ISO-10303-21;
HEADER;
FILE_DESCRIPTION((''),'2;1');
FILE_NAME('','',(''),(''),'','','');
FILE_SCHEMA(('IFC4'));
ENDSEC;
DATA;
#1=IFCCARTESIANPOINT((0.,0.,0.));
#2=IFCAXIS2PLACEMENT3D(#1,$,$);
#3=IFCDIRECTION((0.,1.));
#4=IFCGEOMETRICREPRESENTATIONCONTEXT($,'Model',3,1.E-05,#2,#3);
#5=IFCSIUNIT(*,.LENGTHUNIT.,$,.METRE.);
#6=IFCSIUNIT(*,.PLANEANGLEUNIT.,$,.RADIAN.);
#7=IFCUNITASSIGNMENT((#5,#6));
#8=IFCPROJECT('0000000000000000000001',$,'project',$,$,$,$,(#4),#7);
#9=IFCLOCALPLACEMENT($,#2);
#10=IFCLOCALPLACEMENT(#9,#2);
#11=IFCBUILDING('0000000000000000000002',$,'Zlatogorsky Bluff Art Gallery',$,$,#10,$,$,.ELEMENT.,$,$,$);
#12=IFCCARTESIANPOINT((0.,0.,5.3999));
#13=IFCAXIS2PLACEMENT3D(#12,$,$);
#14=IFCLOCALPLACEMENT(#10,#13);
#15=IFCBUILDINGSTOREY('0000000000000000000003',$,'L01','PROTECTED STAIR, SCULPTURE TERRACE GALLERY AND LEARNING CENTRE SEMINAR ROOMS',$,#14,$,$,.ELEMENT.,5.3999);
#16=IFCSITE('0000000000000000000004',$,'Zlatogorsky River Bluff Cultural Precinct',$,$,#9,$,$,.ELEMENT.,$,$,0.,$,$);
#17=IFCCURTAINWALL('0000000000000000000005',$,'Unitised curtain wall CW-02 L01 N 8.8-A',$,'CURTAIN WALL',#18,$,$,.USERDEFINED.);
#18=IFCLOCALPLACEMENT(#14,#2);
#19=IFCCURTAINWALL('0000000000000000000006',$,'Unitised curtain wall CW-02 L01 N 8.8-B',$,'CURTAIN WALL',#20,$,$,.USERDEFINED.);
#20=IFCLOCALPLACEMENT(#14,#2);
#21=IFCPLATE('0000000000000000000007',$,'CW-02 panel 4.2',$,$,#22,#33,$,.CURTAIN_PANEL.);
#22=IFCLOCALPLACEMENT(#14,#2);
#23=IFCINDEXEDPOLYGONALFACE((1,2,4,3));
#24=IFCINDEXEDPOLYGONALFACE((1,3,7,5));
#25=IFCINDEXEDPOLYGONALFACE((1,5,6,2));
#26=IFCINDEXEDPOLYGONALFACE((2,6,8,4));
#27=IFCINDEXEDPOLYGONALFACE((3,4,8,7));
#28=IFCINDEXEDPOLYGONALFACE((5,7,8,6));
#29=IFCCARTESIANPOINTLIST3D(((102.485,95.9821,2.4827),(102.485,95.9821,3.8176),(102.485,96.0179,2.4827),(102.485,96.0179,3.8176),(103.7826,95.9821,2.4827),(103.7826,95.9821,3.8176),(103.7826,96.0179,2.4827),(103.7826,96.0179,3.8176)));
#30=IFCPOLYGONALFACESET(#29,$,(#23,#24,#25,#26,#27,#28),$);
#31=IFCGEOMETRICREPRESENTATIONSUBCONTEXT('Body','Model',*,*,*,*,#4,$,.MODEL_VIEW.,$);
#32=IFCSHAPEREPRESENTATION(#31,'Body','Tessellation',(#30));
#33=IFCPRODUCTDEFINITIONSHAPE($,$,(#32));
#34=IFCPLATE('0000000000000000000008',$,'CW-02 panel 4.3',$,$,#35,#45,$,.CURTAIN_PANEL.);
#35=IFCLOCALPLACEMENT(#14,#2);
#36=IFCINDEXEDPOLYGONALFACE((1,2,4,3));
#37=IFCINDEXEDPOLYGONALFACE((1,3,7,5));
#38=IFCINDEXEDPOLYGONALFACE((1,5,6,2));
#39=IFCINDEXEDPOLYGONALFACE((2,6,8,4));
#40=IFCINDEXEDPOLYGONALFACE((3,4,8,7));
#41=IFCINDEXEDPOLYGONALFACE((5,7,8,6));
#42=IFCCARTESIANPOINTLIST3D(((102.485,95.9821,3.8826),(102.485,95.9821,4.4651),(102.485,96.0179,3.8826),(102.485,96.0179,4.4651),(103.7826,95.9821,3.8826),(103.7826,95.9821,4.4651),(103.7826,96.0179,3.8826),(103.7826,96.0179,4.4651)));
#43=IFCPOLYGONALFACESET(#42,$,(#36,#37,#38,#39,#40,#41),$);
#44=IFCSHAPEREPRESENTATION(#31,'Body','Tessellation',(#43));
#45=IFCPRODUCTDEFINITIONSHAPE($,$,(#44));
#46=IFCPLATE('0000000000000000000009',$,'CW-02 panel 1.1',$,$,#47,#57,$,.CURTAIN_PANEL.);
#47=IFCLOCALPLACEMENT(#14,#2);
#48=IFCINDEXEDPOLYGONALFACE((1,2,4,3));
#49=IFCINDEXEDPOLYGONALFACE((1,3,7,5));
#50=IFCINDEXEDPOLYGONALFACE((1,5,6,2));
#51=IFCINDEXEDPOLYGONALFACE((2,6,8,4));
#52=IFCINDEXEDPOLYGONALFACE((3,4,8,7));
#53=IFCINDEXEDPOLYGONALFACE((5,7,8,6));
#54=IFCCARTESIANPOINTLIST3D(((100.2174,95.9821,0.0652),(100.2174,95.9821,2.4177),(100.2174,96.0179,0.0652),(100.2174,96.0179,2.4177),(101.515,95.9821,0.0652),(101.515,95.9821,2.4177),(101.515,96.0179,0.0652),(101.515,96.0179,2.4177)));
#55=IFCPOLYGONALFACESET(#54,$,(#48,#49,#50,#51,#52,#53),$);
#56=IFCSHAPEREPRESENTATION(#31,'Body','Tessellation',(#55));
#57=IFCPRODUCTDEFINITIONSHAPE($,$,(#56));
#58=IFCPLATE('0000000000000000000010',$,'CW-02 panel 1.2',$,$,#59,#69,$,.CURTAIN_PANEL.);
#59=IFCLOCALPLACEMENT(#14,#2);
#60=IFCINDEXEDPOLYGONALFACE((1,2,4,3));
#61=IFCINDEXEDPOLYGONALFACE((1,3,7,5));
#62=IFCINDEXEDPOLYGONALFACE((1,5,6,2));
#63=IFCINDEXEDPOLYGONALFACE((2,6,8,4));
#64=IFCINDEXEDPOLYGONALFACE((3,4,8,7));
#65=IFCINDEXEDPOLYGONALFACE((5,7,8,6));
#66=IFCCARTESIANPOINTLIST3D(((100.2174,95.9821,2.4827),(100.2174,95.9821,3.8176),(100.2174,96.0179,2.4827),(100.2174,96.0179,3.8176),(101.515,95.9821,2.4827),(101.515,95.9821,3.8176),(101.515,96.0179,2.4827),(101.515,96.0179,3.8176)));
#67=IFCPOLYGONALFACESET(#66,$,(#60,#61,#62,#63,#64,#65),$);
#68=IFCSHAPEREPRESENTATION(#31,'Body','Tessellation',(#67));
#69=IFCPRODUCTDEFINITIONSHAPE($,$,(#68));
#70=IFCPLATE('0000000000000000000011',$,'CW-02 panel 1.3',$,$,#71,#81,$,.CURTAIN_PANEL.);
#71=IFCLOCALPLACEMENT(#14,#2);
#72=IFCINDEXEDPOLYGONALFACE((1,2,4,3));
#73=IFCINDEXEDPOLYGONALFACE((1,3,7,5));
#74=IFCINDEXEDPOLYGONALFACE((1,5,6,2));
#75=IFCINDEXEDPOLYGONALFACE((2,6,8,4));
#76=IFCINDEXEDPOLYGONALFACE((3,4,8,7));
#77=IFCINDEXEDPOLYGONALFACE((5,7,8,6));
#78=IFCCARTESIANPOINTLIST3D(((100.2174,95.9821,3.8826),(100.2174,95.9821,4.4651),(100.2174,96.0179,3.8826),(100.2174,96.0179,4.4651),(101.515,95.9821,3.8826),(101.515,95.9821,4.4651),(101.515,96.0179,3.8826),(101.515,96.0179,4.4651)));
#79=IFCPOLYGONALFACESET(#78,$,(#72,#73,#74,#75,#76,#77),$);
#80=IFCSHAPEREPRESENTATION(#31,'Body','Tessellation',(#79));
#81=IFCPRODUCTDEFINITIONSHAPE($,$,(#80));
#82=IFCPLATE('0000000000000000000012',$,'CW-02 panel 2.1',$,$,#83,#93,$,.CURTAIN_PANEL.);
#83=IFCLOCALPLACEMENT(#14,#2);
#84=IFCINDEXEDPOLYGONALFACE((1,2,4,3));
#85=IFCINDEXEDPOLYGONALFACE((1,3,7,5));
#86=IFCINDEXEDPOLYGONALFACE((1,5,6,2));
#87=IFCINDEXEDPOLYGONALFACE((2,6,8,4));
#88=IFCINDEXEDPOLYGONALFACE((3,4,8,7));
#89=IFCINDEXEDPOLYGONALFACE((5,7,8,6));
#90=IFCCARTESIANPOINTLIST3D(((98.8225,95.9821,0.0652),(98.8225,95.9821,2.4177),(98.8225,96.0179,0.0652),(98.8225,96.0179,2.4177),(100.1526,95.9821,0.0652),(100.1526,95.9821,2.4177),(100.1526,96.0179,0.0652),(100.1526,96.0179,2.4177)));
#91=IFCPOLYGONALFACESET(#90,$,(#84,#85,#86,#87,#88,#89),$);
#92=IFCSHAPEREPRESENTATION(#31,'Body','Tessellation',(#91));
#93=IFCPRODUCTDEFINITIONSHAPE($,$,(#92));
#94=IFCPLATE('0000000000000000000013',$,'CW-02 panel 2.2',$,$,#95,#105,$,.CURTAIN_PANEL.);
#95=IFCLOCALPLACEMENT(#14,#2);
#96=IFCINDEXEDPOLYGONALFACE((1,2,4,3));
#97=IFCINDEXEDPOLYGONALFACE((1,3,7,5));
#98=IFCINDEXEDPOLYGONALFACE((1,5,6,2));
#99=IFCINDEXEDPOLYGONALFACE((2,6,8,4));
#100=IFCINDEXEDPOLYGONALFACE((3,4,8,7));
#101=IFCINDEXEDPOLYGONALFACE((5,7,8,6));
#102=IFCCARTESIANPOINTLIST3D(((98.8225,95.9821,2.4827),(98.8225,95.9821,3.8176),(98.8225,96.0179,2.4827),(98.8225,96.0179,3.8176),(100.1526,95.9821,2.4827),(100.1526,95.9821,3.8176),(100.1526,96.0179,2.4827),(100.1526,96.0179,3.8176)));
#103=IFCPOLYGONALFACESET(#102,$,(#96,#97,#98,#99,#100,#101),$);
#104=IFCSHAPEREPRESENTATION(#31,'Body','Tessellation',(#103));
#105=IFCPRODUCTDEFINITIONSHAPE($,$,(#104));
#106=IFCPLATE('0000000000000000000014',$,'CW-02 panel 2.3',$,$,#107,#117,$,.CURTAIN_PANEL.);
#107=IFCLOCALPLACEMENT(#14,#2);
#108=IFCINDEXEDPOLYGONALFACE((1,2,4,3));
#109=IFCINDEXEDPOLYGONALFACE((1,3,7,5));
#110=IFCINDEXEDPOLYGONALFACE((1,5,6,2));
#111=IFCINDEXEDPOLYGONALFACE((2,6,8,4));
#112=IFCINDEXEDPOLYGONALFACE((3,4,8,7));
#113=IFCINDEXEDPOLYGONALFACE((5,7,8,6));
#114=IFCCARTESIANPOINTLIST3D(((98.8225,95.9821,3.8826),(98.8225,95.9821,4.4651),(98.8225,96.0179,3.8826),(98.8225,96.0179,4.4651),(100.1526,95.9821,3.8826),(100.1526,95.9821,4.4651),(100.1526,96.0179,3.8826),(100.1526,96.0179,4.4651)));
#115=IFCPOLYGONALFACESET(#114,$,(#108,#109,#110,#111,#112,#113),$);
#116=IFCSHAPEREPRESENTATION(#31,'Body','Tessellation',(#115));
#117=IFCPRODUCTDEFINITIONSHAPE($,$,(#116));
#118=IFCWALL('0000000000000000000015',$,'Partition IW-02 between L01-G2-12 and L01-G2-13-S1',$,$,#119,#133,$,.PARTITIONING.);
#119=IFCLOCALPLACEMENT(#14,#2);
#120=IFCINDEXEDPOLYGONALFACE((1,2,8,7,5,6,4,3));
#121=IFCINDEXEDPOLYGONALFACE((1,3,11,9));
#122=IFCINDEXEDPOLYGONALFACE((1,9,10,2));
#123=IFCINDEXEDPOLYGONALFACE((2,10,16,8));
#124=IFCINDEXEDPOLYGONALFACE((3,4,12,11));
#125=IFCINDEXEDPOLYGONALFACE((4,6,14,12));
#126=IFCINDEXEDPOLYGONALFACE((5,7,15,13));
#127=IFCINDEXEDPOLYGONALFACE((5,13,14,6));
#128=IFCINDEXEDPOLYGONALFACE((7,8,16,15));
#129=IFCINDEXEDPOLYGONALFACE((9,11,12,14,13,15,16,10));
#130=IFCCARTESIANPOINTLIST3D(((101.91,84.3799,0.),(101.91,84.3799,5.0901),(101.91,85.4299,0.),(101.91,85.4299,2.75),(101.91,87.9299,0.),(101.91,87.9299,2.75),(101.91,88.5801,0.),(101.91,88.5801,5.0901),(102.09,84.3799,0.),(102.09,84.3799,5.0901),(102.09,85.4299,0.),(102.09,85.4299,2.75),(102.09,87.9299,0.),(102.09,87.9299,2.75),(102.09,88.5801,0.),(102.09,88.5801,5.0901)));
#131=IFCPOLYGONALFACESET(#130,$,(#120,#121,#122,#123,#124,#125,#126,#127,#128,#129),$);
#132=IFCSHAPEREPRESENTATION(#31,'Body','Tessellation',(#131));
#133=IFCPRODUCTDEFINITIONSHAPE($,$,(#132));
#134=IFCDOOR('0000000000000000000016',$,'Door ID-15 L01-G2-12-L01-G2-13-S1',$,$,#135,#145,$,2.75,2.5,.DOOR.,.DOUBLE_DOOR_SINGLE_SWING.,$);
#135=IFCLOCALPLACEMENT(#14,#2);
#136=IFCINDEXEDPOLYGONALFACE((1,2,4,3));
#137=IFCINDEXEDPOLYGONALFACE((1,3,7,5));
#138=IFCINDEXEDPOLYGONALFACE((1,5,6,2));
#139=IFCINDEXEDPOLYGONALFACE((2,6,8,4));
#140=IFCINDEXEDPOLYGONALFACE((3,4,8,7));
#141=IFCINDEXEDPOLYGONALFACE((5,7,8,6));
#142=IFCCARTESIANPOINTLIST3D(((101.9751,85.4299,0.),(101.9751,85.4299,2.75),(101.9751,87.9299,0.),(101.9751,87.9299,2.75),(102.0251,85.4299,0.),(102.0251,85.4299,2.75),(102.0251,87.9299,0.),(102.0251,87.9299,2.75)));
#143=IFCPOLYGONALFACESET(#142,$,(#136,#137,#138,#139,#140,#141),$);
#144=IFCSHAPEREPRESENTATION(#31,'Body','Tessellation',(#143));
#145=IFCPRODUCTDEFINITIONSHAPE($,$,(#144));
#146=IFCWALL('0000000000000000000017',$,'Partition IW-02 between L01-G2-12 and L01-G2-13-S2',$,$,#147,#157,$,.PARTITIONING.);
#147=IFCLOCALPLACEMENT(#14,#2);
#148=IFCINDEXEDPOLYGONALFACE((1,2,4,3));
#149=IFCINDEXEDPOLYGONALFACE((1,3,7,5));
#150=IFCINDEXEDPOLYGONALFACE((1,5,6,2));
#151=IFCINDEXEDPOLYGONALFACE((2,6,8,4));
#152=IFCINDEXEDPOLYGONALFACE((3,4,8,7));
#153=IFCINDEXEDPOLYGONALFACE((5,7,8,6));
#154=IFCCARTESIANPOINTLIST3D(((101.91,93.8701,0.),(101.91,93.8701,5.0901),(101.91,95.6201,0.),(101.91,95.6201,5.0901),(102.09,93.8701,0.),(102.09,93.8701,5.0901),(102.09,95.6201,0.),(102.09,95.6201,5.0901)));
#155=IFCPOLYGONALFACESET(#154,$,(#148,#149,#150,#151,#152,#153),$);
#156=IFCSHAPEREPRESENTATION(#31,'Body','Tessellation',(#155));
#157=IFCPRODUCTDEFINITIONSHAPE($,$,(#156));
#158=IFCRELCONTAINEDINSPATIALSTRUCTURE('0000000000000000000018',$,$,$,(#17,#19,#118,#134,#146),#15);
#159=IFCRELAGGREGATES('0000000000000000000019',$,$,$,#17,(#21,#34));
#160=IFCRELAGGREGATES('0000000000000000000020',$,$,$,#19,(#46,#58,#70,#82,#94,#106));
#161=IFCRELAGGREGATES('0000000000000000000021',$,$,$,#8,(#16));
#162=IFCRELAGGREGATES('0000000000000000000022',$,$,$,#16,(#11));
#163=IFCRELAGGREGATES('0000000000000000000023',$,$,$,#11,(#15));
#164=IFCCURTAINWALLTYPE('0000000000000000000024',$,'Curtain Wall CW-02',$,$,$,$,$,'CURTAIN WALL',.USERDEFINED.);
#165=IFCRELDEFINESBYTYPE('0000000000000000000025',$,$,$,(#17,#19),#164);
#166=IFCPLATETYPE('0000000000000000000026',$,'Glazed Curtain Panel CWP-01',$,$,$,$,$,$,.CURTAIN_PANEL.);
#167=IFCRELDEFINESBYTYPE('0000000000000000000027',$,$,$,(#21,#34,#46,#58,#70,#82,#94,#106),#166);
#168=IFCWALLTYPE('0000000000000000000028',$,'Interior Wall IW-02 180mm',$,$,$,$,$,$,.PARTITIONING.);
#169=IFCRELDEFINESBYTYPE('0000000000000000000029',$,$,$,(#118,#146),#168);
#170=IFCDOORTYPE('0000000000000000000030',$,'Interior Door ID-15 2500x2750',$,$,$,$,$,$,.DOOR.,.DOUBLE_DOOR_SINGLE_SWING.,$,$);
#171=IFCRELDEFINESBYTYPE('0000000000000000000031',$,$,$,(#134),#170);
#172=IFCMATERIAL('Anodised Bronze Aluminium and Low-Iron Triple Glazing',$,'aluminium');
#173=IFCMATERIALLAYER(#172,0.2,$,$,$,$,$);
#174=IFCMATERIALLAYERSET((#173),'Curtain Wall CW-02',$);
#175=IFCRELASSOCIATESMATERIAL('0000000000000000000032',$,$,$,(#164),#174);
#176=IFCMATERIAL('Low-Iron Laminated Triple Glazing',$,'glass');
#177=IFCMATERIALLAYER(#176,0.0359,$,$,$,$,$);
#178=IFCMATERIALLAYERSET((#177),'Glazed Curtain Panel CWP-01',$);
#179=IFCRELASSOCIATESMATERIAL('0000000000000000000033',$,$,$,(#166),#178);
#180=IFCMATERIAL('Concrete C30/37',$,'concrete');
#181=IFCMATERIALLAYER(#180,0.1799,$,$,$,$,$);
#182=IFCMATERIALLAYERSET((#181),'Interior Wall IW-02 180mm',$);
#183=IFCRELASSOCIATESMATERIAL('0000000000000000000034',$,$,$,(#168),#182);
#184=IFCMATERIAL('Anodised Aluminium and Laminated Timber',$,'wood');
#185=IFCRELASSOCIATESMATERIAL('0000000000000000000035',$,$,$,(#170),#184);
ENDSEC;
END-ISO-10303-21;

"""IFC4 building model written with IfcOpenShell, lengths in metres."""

from ifc_helpers import new_model, si_unit, direction, frame, frame_2d, origin, origin_2d, place, context, subcontext, project, spatial, rectangle, extrude, material, layer, layer_set, type_object, element, fill, aggregate, save


model = new_model("IFC4")

# Units and contexts
model_context = context("Model", 3, precision=1e-05, world=origin(), true_north=direction((0.0, 1.0)))
body_context = subcontext(model_context, "Body", "Model", "MODEL_VIEW")
ifc_project = project(units=[si_unit("LENGTHUNIT", "METRE"), si_unit("PLANEANGLEUNIT", "RADIAN")], contexts=[model_context])

# Site, building, storey
site_placement = place(None, origin())
site = spatial("IfcSite", under=ifc_project, at=site_placement, Name="Zlatogorsky River Bluff Cultural Precinct", CompositionType="ELEMENT", RefElevation=0.0)
building_placement = place(site_placement, origin())
building = spatial("IfcBuilding", under=site, at=building_placement, Name="Zlatogorsky Bluff Art Gallery", CompositionType="ELEMENT")
storey_placement = place(building_placement, frame((0.0, 0.0, 5.3999)))
storey = spatial("IfcBuildingStorey", under=building, at=storey_placement, Name="L01", Description="PROTECTED STAIR, SCULPTURE TERRACE GALLERY AND LEARNING CENTRE SEMINAR ROOMS", CompositionType="ELEMENT", Elevation=5.3999)

# Curtain wall
ifc_material_1 = material(Name="Anodised Bronze Aluminium and Low-Iron Triple Glazing", Category="aluminium")
ifc_layer_1 = layer(ifc_material_1, 0.2)
ifc_layer_set_1 = layer_set([ifc_layer_1], Name="Curtain Wall CW-02")
curtain_wall_type = type_object("IfcCurtainWallType", Name="Curtain Wall CW-02", ElementType="CURTAIN WALL", PredefinedType="USERDEFINED", material=ifc_layer_set_1)
curtain_wall_1_placement = place(storey_placement, origin())
curtain_wall_1 = element("IfcCurtainWall", 1, at=curtain_wall_1_placement, inside=storey, type_object=curtain_wall_type, Name="Unitised curtain wall CW-02 L01 N 8.8-A", ObjectType="CURTAIN WALL", PredefinedType="USERDEFINED")

# Curtain wall
curtain_wall_2_placement = place(storey_placement, origin())
curtain_wall_2 = element("IfcCurtainWall", 2, at=curtain_wall_2_placement, inside=storey, type_object=curtain_wall_type, Name="Unitised curtain wall CW-02 L01 N 8.8-B", ObjectType="CURTAIN WALL", PredefinedType="USERDEFINED")

# Plates
ifc_material_2 = material(Name="Low-Iron Laminated Triple Glazing", Category="glass")
ifc_layer_2 = layer(ifc_material_2, 0.0359)
ifc_layer_set_2 = layer_set([ifc_layer_2], Name="Glazed Curtain Panel CWP-01")
plate_type = type_object("IfcPlateType", Name="Glazed Curtain Panel CWP-01", PredefinedType="CURTAIN_PANEL", material=ifc_layer_set_2)
plate_1_placement = place(storey_placement, frame((103.1338, 96.0, 2.4827), z_axis=(0.0, 0.0, 1.0), x_axis=(-1.0, 0.0, 0.0)))
plate_1 = element("IfcPlate", 3, at=plate_1_placement, type_object=plate_type, Name="CW-02 panel 4.2", PredefinedType="CURTAIN_PANEL", context=body_context, shape_type="SweptSolid", body=[
    extrude(rectangle(XDim=1.2976, YDim=0.0359, at=origin_2d()), origin(), (0.0, 0.0, 1.0), 1.335),
])
plate_2_placement = place(storey_placement, frame((103.1338, 96.0, 3.8826), z_axis=(0.0, 0.0, 1.0), x_axis=(-1.0, 0.0, 0.0)))
plate_2 = element("IfcPlate", 4, at=plate_2_placement, type_object=plate_type, Name="CW-02 panel 4.3", PredefinedType="CURTAIN_PANEL", context=body_context, shape_type="SweptSolid", body=[
    extrude(rectangle(XDim=1.2976, YDim=0.0359, at=origin_2d()), origin(), (0.0, 0.0, 1.0), 0.5825),
])
aggregate(curtain_wall_1, [plate_1, plate_2])
plate_3_placement = place(storey_placement, frame((100.8662, 96.0, 0.0652), z_axis=(0.0, 0.0, 1.0), x_axis=(-1.0, 0.0, 0.0)))
plate_3 = element("IfcPlate", 5, at=plate_3_placement, type_object=plate_type, Name="CW-02 panel 1.1", PredefinedType="CURTAIN_PANEL", context=body_context, shape_type="SweptSolid", body=[
    extrude(rectangle(XDim=1.2976, YDim=0.0359, at=origin_2d()), origin(), (0.0, 0.0, 1.0), 2.3525),
])
plate_4_placement = place(storey_placement, frame((100.8662, 96.0, 2.4827), z_axis=(0.0, 0.0, 1.0), x_axis=(-1.0, 0.0, 0.0)))
plate_4 = element("IfcPlate", 6, at=plate_4_placement, type_object=plate_type, Name="CW-02 panel 1.2", PredefinedType="CURTAIN_PANEL", context=body_context, shape_type="SweptSolid", body=[
    extrude(rectangle(XDim=1.2976, YDim=0.0359, at=origin_2d()), origin(), (0.0, 0.0, 1.0), 1.335),
])
plate_5_placement = place(storey_placement, frame((100.8662, 96.0, 3.8826), z_axis=(0.0, 0.0, 1.0), x_axis=(-1.0, 0.0, 0.0)))
plate_5 = element("IfcPlate", 7, at=plate_5_placement, type_object=plate_type, Name="CW-02 panel 1.3", PredefinedType="CURTAIN_PANEL", context=body_context, shape_type="SweptSolid", body=[
    extrude(rectangle(XDim=1.2976, YDim=0.0359, at=origin_2d()), origin(), (0.0, 0.0, 1.0), 0.5825),
])
plate_6_placement = place(storey_placement, frame((99.4875, 96.0, 0.0652), z_axis=(0.0, 0.0, 1.0), x_axis=(-1.0, 0.0, 0.0)))
plate_6 = element("IfcPlate", 8, at=plate_6_placement, type_object=plate_type, Name="CW-02 panel 2.1", PredefinedType="CURTAIN_PANEL", context=body_context, shape_type="SweptSolid", body=[
    extrude(rectangle(XDim=1.3301, YDim=0.0359, at=origin_2d()), origin(), (0.0, 0.0, 1.0), 2.3525),
])
plate_7_placement = place(storey_placement, frame((99.4875, 96.0, 2.4827), z_axis=(0.0, 0.0, 1.0), x_axis=(-1.0, 0.0, 0.0)))
plate_7 = element("IfcPlate", 9, at=plate_7_placement, type_object=plate_type, Name="CW-02 panel 2.2", PredefinedType="CURTAIN_PANEL", context=body_context, shape_type="SweptSolid", body=[
    extrude(rectangle(XDim=1.3301, YDim=0.0359, at=origin_2d()), origin(), (0.0, 0.0, 1.0), 1.335),
])
plate_8_placement = place(storey_placement, frame((99.4875, 96.0, 3.8826), z_axis=(0.0, 0.0, 1.0), x_axis=(-1.0, 0.0, 0.0)))
plate_8 = element("IfcPlate", 10, at=plate_8_placement, type_object=plate_type, Name="CW-02 panel 2.3", PredefinedType="CURTAIN_PANEL", context=body_context, shape_type="SweptSolid", body=[
    extrude(rectangle(XDim=1.3301, YDim=0.0359, at=origin_2d()), origin(), (0.0, 0.0, 1.0), 0.5825),
])
aggregate(curtain_wall_2, [plate_3, plate_4, plate_5, plate_6, plate_7, plate_8])

# Wall, opening, door
ifc_material_3 = material(Name="Concrete C30/37", Category="concrete")
ifc_layer_3 = layer(ifc_material_3, 0.1799)
ifc_layer_set_3 = layer_set([ifc_layer_3], Name="Interior Wall IW-02 180mm")
wall_type = type_object("IfcWallType", Name="Interior Wall IW-02 180mm", PredefinedType="PARTITIONING", material=ifc_layer_set_3)
wall_1_placement = place(storey_placement, frame((102.0, 84.3799, 0.0), z_axis=(0.0, 0.0, 1.0), x_axis=(0.0, 1.0, 0.0)))
wall_1 = element("IfcWall", 11, at=wall_1_placement, inside=storey, type_object=wall_type, Name="Partition IW-02 between L01-G2-12 and L01-G2-13-S1", PredefinedType="PARTITIONING", context=body_context, shape_type="SweptSolid", body=[
    extrude(rectangle(XDim=4.2002, YDim=0.1799, at=frame_2d((2.1001, 0.0))), origin(), (0.0, 0.0, 1.0), 5.0901),
])
opening_placement = place(wall_1_placement, frame((1.05, 0.0, 0.0)))
opening = element("IfcOpeningElement", 12, at=opening_placement, cuts=wall_1, PredefinedType="OPENING", context=body_context, shape_type="SweptSolid", body=[
    extrude(rectangle(XDim=2.5, YDim=2.75, at=frame_2d((1.25, 1.375))), frame((0.0, 0.0999, 0.0), z_axis=(0.0, -1.0, 0.0), x_axis=(1.0, 0.0, 0.0)), (0.0, 0.0, 1.0), 0.2),
])
ifc_material_4 = material(Name="Anodised Aluminium and Laminated Timber", Category="wood")
door_type = type_object("IfcDoorType", Name="Interior Door ID-15 2500x2750", OperationType="DOUBLE_DOOR_SINGLE_SWING", PredefinedType="DOOR", material=ifc_material_4)
door_placement = place(opening_placement, origin())
door = element("IfcDoor", 13, at=door_placement, inside=storey, type_object=door_type, Name="Door ID-15 L01-G2-12-L01-G2-13-S1", OperationType="DOUBLE_DOOR_SINGLE_SWING", OverallHeight=2.75, OverallWidth=2.5, PredefinedType="DOOR", context=body_context, shape_type="SweptSolid", body=[
    extrude(rectangle(XDim=2.5, YDim=2.75, at=frame_2d((1.25, 1.375))), frame((0.0, 0.0249, 0.0), z_axis=(0.0, -1.0, 0.0), x_axis=(1.0, 0.0, 0.0)), (0.0, 0.0, 1.0), 0.05),
])
fill(opening, door)

# Wall
wall_2_placement = place(storey_placement, frame((102.0, 93.8701, 0.0), z_axis=(0.0, 0.0, 1.0), x_axis=(0.0, 1.0, 0.0)))
element("IfcWall", 14, at=wall_2_placement, inside=storey, type_object=wall_type, Name="Partition IW-02 between L01-G2-12 and L01-G2-13-S2", PredefinedType="PARTITIONING", context=body_context, shape_type="SweptSolid", body=[
    extrude(rectangle(XDim=1.75, YDim=0.1799, at=frame_2d((0.875, 0.0))), origin(), (0.0, 0.0, 1.0), 5.0901),
])

save(model, "model.ifc")
